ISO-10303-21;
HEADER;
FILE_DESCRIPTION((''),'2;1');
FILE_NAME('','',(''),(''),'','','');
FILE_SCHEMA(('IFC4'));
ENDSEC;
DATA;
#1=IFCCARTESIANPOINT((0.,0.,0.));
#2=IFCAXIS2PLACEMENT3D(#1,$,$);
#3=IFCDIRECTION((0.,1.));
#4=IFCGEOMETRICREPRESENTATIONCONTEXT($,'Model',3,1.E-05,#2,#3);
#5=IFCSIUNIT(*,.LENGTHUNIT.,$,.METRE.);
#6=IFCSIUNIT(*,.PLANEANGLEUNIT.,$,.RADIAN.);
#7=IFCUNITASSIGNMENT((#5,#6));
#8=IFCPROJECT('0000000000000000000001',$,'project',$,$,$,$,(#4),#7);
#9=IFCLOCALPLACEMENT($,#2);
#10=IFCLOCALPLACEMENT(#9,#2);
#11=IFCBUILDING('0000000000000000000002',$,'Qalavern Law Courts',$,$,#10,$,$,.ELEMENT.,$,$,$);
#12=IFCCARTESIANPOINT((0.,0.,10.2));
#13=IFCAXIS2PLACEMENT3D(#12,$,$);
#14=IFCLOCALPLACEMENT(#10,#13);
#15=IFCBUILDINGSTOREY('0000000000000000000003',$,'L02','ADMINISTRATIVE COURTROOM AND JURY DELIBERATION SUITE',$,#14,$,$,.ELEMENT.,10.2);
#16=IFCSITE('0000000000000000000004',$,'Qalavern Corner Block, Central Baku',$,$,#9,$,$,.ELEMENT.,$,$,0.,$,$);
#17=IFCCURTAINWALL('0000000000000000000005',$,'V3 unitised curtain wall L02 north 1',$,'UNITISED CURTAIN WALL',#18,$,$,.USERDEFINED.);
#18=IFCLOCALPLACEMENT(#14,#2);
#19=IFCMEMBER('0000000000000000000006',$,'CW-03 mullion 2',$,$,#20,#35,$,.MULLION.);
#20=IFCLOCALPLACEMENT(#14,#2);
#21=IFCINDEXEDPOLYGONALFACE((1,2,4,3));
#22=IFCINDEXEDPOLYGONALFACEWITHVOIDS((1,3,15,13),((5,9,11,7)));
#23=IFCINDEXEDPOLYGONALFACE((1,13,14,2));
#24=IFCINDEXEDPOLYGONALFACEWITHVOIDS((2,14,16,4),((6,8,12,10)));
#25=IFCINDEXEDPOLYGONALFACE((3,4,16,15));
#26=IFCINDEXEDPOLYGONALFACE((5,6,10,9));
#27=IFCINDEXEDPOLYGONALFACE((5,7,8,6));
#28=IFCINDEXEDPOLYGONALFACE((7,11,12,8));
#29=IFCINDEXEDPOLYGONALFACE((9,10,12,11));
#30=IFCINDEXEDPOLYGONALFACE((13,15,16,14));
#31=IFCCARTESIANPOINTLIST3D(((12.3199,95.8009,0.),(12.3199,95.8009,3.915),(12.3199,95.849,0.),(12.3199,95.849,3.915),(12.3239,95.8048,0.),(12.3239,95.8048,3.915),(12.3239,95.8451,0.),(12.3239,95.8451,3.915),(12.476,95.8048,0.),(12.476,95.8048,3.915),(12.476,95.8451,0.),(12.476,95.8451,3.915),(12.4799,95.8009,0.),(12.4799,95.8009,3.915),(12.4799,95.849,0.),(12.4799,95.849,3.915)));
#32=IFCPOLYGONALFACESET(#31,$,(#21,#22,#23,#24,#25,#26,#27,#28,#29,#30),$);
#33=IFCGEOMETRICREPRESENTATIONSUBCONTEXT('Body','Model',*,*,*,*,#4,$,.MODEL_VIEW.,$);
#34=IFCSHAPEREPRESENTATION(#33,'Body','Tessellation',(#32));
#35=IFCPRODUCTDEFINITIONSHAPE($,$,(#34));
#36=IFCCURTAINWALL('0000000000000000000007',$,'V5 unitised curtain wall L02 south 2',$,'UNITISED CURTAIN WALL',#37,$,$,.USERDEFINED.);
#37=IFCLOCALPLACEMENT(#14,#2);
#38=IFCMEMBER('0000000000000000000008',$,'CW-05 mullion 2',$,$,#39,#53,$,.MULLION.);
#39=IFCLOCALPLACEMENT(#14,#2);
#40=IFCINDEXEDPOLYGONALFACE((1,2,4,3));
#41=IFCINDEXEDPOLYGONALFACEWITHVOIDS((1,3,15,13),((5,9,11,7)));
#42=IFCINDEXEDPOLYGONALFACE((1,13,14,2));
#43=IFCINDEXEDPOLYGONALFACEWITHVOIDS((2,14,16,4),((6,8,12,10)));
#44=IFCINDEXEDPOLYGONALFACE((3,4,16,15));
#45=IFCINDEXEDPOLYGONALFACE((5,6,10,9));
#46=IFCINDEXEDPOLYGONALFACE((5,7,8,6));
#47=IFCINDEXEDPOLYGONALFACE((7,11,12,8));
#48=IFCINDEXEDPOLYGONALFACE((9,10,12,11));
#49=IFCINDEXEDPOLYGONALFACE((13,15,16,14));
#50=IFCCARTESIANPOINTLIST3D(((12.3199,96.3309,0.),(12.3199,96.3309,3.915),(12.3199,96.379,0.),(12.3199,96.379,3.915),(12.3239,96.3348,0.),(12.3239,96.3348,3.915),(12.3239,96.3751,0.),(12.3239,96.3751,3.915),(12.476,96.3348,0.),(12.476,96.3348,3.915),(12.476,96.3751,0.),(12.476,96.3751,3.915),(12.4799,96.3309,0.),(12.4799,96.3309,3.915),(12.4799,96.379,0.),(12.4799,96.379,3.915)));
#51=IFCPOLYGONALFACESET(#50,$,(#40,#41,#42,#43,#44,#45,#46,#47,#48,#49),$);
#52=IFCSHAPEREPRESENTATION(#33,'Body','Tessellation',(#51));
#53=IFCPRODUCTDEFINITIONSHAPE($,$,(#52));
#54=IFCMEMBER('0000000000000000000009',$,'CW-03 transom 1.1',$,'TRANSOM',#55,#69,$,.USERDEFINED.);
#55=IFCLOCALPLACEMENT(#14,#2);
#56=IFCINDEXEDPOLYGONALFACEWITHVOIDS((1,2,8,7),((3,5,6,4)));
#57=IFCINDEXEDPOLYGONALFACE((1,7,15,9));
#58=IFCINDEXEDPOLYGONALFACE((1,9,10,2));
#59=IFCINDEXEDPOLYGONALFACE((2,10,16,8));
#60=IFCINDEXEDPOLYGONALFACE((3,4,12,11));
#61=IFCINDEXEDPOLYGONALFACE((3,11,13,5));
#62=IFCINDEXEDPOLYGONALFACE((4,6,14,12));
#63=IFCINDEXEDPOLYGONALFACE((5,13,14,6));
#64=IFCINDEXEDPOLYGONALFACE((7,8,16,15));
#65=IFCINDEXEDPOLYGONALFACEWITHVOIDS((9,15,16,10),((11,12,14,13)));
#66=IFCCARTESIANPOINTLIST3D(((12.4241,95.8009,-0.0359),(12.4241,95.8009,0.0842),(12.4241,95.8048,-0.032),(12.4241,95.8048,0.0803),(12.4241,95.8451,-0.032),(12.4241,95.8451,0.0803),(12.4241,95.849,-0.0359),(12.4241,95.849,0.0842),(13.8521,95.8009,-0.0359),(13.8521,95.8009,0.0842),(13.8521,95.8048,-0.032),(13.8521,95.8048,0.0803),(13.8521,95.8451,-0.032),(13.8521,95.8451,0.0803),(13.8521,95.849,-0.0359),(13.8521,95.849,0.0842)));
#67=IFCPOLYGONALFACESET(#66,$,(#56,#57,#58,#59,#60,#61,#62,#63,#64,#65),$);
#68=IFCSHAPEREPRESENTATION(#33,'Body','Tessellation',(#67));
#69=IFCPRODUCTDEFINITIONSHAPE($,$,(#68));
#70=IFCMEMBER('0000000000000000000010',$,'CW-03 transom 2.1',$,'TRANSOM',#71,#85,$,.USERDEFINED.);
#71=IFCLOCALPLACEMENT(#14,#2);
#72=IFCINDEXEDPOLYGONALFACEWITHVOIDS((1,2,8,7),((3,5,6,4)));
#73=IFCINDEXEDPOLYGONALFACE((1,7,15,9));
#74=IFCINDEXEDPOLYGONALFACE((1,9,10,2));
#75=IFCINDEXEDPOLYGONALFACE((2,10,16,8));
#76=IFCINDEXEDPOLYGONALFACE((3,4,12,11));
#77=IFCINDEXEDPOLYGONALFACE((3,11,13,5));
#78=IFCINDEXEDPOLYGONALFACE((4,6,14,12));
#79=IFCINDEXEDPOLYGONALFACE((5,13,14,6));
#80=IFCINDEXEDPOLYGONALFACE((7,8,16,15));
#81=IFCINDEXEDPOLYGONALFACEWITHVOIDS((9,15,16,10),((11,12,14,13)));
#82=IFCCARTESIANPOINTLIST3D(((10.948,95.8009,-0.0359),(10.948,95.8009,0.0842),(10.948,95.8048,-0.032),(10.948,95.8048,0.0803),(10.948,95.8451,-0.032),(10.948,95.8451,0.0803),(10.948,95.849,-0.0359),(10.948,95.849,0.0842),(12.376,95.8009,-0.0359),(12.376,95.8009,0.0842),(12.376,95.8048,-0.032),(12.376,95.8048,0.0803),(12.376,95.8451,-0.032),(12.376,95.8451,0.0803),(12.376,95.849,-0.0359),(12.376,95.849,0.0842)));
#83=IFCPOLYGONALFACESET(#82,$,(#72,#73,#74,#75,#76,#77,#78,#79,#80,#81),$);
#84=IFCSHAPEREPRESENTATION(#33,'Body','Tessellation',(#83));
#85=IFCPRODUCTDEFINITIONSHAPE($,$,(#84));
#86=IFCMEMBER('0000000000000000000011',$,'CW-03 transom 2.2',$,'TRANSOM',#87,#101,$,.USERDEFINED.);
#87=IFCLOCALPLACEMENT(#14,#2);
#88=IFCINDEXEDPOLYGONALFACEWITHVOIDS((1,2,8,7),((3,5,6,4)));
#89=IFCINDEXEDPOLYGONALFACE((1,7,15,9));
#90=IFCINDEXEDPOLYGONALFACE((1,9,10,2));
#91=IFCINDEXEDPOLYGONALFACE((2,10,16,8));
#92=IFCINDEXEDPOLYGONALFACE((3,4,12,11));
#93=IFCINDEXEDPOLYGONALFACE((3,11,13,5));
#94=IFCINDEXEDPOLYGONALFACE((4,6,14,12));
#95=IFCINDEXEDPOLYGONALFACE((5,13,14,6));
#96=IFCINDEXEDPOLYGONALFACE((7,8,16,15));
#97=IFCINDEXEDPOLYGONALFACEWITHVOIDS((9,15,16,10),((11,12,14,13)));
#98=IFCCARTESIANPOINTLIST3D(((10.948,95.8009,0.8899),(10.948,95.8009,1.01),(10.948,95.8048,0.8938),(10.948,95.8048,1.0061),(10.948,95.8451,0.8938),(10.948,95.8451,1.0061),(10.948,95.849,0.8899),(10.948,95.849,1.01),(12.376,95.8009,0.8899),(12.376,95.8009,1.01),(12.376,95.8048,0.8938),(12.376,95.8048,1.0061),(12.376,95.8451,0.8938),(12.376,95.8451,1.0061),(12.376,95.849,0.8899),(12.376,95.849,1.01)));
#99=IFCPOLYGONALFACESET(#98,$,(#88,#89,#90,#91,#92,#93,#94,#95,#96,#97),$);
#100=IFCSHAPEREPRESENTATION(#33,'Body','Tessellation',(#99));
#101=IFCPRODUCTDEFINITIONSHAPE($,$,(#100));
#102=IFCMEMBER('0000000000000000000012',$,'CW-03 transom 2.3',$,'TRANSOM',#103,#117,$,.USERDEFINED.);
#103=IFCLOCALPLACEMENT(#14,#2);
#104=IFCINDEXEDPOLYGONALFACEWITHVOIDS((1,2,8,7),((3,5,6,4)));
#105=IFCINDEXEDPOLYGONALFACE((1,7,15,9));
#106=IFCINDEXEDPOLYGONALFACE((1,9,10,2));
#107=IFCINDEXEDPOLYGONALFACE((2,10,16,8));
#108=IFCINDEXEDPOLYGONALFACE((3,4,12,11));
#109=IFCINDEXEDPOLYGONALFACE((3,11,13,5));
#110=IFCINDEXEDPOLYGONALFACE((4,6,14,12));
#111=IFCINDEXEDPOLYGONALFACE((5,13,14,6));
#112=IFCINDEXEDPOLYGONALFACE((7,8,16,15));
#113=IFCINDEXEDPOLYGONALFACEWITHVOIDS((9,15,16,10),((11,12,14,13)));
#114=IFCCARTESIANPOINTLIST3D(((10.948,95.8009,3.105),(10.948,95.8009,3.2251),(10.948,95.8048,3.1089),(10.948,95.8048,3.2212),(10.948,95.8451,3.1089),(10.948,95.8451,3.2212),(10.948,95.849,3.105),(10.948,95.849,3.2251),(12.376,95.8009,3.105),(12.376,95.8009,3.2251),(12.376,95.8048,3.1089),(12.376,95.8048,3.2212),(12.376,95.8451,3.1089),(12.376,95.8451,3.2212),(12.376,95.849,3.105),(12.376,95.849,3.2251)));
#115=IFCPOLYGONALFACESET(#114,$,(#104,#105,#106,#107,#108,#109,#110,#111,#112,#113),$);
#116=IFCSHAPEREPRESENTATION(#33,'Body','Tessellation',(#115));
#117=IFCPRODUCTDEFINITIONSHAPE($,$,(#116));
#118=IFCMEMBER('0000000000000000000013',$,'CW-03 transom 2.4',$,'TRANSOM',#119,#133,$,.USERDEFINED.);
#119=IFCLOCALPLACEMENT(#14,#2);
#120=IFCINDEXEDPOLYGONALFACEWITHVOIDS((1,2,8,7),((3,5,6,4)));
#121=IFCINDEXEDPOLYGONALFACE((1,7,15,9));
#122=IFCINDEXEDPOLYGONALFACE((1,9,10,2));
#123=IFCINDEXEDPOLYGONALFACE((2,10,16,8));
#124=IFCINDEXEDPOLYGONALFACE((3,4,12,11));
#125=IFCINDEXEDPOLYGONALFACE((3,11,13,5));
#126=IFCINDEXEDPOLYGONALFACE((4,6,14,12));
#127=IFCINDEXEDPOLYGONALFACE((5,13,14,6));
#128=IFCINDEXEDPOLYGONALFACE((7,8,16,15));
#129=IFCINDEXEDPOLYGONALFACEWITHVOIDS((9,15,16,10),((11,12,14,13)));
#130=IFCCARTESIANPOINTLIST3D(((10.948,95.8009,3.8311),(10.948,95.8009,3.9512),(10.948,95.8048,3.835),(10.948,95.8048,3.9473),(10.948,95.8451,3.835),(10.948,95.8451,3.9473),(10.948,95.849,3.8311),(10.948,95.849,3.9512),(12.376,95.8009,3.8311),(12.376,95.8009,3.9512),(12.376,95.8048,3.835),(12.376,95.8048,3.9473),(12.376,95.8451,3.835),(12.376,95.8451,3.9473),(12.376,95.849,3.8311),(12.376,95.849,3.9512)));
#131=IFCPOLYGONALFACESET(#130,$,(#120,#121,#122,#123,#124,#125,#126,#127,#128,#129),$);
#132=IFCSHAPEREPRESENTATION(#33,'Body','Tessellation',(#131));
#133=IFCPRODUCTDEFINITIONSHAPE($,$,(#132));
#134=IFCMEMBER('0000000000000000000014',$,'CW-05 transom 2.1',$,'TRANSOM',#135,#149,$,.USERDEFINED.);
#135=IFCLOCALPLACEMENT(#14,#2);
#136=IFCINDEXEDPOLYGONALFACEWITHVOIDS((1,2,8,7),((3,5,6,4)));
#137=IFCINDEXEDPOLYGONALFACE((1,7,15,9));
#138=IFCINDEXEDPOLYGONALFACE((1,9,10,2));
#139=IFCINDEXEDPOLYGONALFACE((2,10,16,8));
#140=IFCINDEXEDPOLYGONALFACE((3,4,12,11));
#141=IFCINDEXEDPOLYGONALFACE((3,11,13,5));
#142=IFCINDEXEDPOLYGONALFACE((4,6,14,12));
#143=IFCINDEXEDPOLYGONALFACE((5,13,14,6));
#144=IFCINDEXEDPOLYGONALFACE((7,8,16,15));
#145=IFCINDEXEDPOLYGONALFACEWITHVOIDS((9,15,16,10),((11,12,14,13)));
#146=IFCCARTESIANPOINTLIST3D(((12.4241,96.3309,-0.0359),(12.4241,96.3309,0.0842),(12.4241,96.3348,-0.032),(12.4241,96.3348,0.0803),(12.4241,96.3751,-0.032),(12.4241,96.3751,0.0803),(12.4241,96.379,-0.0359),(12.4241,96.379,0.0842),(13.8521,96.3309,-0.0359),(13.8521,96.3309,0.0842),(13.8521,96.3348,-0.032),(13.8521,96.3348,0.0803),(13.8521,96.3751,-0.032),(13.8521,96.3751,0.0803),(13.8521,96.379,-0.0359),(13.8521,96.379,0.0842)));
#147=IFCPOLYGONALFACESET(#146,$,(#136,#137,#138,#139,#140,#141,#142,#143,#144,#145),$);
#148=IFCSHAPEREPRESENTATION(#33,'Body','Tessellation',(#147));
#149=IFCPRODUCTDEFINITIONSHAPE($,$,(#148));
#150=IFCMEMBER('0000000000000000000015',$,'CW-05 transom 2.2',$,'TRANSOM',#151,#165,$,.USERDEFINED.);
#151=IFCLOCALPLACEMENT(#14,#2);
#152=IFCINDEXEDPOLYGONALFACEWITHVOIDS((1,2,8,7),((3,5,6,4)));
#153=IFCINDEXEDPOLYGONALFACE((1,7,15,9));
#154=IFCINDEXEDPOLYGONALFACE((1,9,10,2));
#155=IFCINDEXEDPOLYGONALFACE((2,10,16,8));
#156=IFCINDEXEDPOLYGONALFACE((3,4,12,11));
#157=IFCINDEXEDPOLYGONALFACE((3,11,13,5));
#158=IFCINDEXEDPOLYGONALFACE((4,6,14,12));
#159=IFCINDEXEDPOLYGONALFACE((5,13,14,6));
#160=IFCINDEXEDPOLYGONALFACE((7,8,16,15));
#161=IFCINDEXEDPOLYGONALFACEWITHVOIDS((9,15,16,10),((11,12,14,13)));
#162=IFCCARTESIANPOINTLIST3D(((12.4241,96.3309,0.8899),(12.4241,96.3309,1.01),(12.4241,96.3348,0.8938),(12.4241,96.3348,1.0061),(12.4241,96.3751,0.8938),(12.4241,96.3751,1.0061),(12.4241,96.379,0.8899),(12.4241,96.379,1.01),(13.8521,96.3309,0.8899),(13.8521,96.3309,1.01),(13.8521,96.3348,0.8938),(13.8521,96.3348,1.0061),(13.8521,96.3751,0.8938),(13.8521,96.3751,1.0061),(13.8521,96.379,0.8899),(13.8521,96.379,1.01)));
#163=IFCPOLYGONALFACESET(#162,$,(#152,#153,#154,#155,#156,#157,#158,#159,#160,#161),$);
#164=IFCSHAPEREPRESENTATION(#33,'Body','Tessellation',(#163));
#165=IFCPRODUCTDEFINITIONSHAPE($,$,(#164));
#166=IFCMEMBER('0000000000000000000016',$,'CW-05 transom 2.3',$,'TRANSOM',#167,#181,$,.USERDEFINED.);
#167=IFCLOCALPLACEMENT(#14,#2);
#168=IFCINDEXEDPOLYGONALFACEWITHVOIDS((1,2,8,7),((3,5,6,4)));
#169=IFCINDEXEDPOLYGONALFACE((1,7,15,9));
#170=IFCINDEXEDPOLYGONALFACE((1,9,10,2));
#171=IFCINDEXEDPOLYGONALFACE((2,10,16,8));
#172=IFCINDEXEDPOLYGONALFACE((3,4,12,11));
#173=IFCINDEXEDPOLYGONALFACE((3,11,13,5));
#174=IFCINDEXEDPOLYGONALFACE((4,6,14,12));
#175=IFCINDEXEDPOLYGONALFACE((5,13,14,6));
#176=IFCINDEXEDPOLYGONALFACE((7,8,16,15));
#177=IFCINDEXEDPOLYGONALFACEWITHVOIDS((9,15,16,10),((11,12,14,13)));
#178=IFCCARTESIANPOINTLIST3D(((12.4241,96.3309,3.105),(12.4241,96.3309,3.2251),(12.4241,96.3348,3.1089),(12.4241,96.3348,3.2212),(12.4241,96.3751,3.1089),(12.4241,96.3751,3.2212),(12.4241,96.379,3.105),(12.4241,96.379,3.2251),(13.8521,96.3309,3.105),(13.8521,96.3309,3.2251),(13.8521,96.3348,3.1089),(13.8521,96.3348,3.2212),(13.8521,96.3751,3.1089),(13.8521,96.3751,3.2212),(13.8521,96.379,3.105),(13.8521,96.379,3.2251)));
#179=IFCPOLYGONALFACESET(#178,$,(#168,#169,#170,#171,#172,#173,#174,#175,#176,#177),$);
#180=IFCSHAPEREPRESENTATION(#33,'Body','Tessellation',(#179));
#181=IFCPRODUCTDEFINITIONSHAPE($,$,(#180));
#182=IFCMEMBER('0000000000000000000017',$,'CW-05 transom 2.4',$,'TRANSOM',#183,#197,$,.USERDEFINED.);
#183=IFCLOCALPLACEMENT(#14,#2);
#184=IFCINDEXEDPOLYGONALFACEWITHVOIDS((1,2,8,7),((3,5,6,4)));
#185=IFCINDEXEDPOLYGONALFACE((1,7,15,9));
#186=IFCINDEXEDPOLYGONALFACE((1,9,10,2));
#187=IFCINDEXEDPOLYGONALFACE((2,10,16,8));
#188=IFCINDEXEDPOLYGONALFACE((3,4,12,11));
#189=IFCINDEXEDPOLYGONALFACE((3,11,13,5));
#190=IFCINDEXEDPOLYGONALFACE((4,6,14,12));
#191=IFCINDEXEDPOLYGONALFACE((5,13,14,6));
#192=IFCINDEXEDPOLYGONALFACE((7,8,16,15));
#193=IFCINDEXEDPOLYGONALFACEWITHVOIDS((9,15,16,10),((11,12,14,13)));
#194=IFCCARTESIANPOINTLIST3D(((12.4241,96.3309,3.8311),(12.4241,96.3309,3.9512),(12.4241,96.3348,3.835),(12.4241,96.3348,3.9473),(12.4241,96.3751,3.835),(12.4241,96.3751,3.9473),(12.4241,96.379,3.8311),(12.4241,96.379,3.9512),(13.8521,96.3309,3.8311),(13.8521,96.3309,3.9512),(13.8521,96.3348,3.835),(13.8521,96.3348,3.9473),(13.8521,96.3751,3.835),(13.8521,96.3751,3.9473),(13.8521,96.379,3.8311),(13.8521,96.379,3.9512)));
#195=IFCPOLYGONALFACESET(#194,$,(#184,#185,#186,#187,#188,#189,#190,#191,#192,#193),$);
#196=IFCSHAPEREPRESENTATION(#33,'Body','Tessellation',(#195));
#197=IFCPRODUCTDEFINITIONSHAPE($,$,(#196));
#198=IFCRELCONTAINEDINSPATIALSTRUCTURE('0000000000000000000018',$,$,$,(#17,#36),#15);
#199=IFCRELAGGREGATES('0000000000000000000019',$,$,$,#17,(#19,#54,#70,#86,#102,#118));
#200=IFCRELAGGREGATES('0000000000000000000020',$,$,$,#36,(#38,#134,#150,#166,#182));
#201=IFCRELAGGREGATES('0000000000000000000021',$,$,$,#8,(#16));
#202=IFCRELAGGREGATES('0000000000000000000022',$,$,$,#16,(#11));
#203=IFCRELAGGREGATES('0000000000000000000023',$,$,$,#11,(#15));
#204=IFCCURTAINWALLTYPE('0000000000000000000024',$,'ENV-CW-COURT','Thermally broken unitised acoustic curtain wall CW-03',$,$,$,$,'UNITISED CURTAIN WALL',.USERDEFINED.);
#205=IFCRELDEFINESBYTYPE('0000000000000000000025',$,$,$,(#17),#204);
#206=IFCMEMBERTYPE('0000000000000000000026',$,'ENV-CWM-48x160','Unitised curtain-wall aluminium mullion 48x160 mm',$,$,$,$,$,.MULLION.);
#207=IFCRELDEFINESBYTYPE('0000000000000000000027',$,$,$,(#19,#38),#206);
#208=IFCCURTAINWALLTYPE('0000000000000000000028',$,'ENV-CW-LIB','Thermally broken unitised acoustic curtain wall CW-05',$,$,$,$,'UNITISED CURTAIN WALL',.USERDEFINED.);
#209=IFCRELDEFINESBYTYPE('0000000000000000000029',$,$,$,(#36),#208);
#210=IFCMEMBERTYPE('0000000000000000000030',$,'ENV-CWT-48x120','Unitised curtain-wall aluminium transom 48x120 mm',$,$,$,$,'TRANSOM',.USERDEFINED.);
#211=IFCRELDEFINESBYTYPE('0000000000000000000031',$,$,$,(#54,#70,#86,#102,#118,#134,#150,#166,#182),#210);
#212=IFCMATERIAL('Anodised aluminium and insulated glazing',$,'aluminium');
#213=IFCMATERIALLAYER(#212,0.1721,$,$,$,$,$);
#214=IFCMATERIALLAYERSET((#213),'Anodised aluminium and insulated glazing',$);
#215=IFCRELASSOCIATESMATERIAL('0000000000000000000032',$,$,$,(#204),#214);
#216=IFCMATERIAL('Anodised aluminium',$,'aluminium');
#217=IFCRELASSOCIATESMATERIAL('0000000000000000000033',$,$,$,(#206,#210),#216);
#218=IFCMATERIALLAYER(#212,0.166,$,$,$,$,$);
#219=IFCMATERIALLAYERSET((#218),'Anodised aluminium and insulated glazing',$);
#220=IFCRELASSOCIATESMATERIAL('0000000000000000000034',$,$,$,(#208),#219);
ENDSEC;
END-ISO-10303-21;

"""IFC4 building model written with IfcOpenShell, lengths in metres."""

from ifc_helpers import new_model, si_unit, direction, frame, origin, origin_2d, place, context, subcontext, project, spatial, hollow_rectangle, extrude, material, layer, layer_set, material_profile, profile_set, type_object, element, aggregate, save


model = new_model("IFC4")

# Units and contexts
model_context = context("Model", 3, precision=1e-05, world=origin(), true_north=direction((0.0, 1.0)))
body_context = subcontext(model_context, "Body", "Model", "MODEL_VIEW")
ifc_project = project(units=[si_unit("LENGTHUNIT", "METRE"), si_unit("PLANEANGLEUNIT", "RADIAN")], contexts=[model_context])

# Site, building, storey
site_placement = place(None, origin())
site = spatial("IfcSite", under=ifc_project, at=site_placement, Name="Qalavern Corner Block, Central Baku", CompositionType="ELEMENT", RefElevation=0.0)
building_placement = place(site_placement, origin())
building = spatial("IfcBuilding", under=site, at=building_placement, Name="Qalavern Law Courts", CompositionType="ELEMENT")
storey_placement = place(building_placement, frame((0.0, 0.0, 10.2)))
storey = spatial("IfcBuildingStorey", under=building, at=storey_placement, Name="L02", Description="ADMINISTRATIVE COURTROOM AND JURY DELIBERATION SUITE", CompositionType="ELEMENT", Elevation=10.2)

# Curtain walls, members
ifc_material_1 = material(Name="Anodised aluminium and insulated glazing", Category="aluminium")
ifc_layer_1 = layer(ifc_material_1, 0.1721)
ifc_layer_set_1 = layer_set([ifc_layer_1], Name="Anodised aluminium and insulated glazing")
curtain_wall_type_1 = type_object("IfcCurtainWallType", Name="ENV-CW-COURT", Description="Thermally broken unitised acoustic curtain wall CW-03", ElementType="UNITISED CURTAIN WALL", PredefinedType="USERDEFINED", material=ifc_layer_set_1)
curtain_wall_1_placement = place(storey_placement, origin())
curtain_wall_1 = element("IfcCurtainWall", 1, at=curtain_wall_1_placement, inside=storey, type_object=curtain_wall_type_1, Name="V3 unitised curtain wall L02 north 1", ObjectType="UNITISED CURTAIN WALL", PredefinedType="USERDEFINED")
ifc_material_2 = material(Name="Anodised aluminium", Category="aluminium")
ifc_material_profile_1 = material_profile(ifc_material_2, hollow_rectangle(XDim=0.0481, YDim=0.1599, WallThickness=0.0039, at=origin_2d()), Name="ALU MULLION 48x160")
ifc_profile_set_1 = profile_set([ifc_material_profile_1], Name="Anodised aluminium")
member_type_1 = type_object("IfcMemberType", Name="ENV-CWM-48x160", Description="Unitised curtain-wall aluminium mullion 48x160 mm", PredefinedType="MULLION", material=ifc_profile_set_1)
member_1_placement = place(storey_placement, frame((12.3999, 95.825, 0.0), z_axis=(0.0, 0.0, 1.0), x_axis=(0.0, -1.0, 0.0)))
member_1 = element("IfcMember", 2, at=member_1_placement, type_object=member_type_1, Name="CW-03 mullion 2", PredefinedType="MULLION", context=body_context, shape_type="SweptSolid", body=[
    extrude(hollow_rectangle(XDim=0.0481, YDim=0.1599, WallThickness=0.0039, at=origin_2d()), origin(), (0.0, 0.0, 1.0), 3.915),
])
ifc_layer_2 = layer(ifc_material_1, 0.166)
ifc_layer_set_2 = layer_set([ifc_layer_2], Name="Anodised aluminium and insulated glazing")
curtain_wall_type_2 = type_object("IfcCurtainWallType", Name="ENV-CW-LIB", Description="Thermally broken unitised acoustic curtain wall CW-05", ElementType="UNITISED CURTAIN WALL", PredefinedType="USERDEFINED", material=ifc_layer_set_2)
curtain_wall_2_placement = place(storey_placement, origin())
curtain_wall_2 = element("IfcCurtainWall", 3, at=curtain_wall_2_placement, inside=storey, type_object=curtain_wall_type_2, Name="V5 unitised curtain wall L02 south 2", ObjectType="UNITISED CURTAIN WALL", PredefinedType="USERDEFINED")
member_2_placement = place(storey_placement, frame((12.3999, 96.355, 0.0), z_axis=(0.0, 0.0, 1.0), x_axis=(0.0, 1.0, 0.0)))
member_2 = element("IfcMember", 4, at=member_2_placement, type_object=member_type_1, Name="CW-05 mullion 2", PredefinedType="MULLION", context=body_context, shape_type="SweptSolid", body=[
    extrude(hollow_rectangle(XDim=0.0481, YDim=0.1599, WallThickness=0.0039, at=origin_2d()), origin(), (0.0, 0.0, 1.0), 3.915),
])

# Members
ifc_material_profile_2 = material_profile(ifc_material_2, hollow_rectangle(XDim=0.0481, YDim=0.1201, WallThickness=0.0039, at=origin_2d()), Name="ALU TRANSOM 48x120")
ifc_profile_set_2 = profile_set([ifc_material_profile_2], Name="Anodised aluminium")
member_type_2 = type_object("IfcMemberType", Name="ENV-CWT-48x120", Description="Unitised curtain-wall aluminium transom 48x120 mm", ElementType="TRANSOM", PredefinedType="USERDEFINED", material=ifc_profile_set_2)
member_3_placement = place(storey_placement, frame((13.8521, 95.825, 0.0242), z_axis=(-1.0, 0.0, 0.0), x_axis=(0.0, -1.0, 0.0)))
member_3 = element("IfcMember", 5, at=member_3_placement, type_object=member_type_2, Name="CW-03 transom 1.1", ObjectType="TRANSOM", PredefinedType="USERDEFINED", context=body_context, shape_type="SweptSolid", body=[
    extrude(hollow_rectangle(XDim=0.0481, YDim=0.1201, WallThickness=0.0039, at=origin_2d()), origin(), (0.0, 0.0, 1.0), 1.428),
])
member_4_placement = place(storey_placement, frame((12.376, 95.825, 0.0242), z_axis=(-1.0, 0.0, 0.0), x_axis=(0.0, -1.0, 0.0)))
member_4 = element("IfcMember", 6, at=member_4_placement, type_object=member_type_2, Name="CW-03 transom 2.1", ObjectType="TRANSOM", PredefinedType="USERDEFINED", context=body_context, shape_type="SweptSolid", body=[
    extrude(hollow_rectangle(XDim=0.0481, YDim=0.1201, WallThickness=0.0039, at=origin_2d()), origin(), (0.0, 0.0, 1.0), 1.428),
])
member_5_placement = place(storey_placement, frame((12.376, 95.825, 0.95), z_axis=(-1.0, 0.0, 0.0), x_axis=(0.0, -1.0, 0.0)))
member_5 = element("IfcMember", 7, at=member_5_placement, type_object=member_type_2, Name="CW-03 transom 2.2", ObjectType="TRANSOM", PredefinedType="USERDEFINED", context=body_context, shape_type="SweptSolid", body=[
    extrude(hollow_rectangle(XDim=0.0481, YDim=0.1201, WallThickness=0.0039, at=origin_2d()), origin(), (0.0, 0.0, 1.0), 1.428),
])
member_6_placement = place(storey_placement, frame((12.376, 95.825, 3.165), z_axis=(-1.0, 0.0, 0.0), x_axis=(0.0, -1.0, 0.0)))
member_6 = element("IfcMember", 8, at=member_6_placement, type_object=member_type_2, Name="CW-03 transom 2.3", ObjectType="TRANSOM", PredefinedType="USERDEFINED", context=body_context, shape_type="SweptSolid", body=[
    extrude(hollow_rectangle(XDim=0.0481, YDim=0.1201, WallThickness=0.0039, at=origin_2d()), origin(), (0.0, 0.0, 1.0), 1.428),
])
member_7_placement = place(storey_placement, frame((12.376, 95.825, 3.8911), z_axis=(-1.0, 0.0, 0.0), x_axis=(0.0, -1.0, 0.0)))
member_7 = element("IfcMember", 9, at=member_7_placement, type_object=member_type_2, Name="CW-03 transom 2.4", ObjectType="TRANSOM", PredefinedType="USERDEFINED", context=body_context, shape_type="SweptSolid", body=[
    extrude(hollow_rectangle(XDim=0.0481, YDim=0.1201, WallThickness=0.0039, at=origin_2d()), origin(), (0.0, 0.0, 1.0), 1.428),
])
member_8_placement = place(storey_placement, frame((12.4241, 96.355, 0.0242), z_axis=(1.0, 0.0, 0.0), x_axis=(0.0, 1.0, 0.0)))
member_8 = element("IfcMember", 10, at=member_8_placement, type_object=member_type_2, Name="CW-05 transom 2.1", ObjectType="TRANSOM", PredefinedType="USERDEFINED", context=body_context, shape_type="SweptSolid", body=[
    extrude(hollow_rectangle(XDim=0.0481, YDim=0.1201, WallThickness=0.0039, at=origin_2d()), origin(), (0.0, 0.0, 1.0), 1.428),
])
member_9_placement = place(storey_placement, frame((12.4241, 96.355, 0.95), z_axis=(1.0, 0.0, 0.0), x_axis=(0.0, 1.0, 0.0)))
member_9 = element("IfcMember", 11, at=member_9_placement, type_object=member_type_2, Name="CW-05 transom 2.2", ObjectType="TRANSOM", PredefinedType="USERDEFINED", context=body_context, shape_type="SweptSolid", body=[
    extrude(hollow_rectangle(XDim=0.0481, YDim=0.1201, WallThickness=0.0039, at=origin_2d()), origin(), (0.0, 0.0, 1.0), 1.428),
])
member_10_placement = place(storey_placement, frame((12.4241, 96.355, 3.165), z_axis=(1.0, 0.0, 0.0), x_axis=(0.0, 1.0, 0.0)))
member_10 = element("IfcMember", 12, at=member_10_placement, type_object=member_type_2, Name="CW-05 transom 2.3", ObjectType="TRANSOM", PredefinedType="USERDEFINED", context=body_context, shape_type="SweptSolid", body=[
    extrude(hollow_rectangle(XDim=0.0481, YDim=0.1201, WallThickness=0.0039, at=origin_2d()), origin(), (0.0, 0.0, 1.0), 1.428),
])
member_11_placement = place(storey_placement, frame((12.4241, 96.355, 3.8911), z_axis=(1.0, 0.0, 0.0), x_axis=(0.0, 1.0, 0.0)))
member_11 = element("IfcMember", 13, at=member_11_placement, type_object=member_type_2, Name="CW-05 transom 2.4", ObjectType="TRANSOM", PredefinedType="USERDEFINED", context=body_context, shape_type="SweptSolid", body=[
    extrude(hollow_rectangle(XDim=0.0481, YDim=0.1201, WallThickness=0.0039, at=origin_2d()), origin(), (0.0, 0.0, 1.0), 1.428),
])

aggregate(curtain_wall_1, [member_1, member_3, member_4, member_5, member_6, member_7])
aggregate(curtain_wall_2, [member_2, member_8, member_9, member_10, member_11])

save(model, "model.ifc")
